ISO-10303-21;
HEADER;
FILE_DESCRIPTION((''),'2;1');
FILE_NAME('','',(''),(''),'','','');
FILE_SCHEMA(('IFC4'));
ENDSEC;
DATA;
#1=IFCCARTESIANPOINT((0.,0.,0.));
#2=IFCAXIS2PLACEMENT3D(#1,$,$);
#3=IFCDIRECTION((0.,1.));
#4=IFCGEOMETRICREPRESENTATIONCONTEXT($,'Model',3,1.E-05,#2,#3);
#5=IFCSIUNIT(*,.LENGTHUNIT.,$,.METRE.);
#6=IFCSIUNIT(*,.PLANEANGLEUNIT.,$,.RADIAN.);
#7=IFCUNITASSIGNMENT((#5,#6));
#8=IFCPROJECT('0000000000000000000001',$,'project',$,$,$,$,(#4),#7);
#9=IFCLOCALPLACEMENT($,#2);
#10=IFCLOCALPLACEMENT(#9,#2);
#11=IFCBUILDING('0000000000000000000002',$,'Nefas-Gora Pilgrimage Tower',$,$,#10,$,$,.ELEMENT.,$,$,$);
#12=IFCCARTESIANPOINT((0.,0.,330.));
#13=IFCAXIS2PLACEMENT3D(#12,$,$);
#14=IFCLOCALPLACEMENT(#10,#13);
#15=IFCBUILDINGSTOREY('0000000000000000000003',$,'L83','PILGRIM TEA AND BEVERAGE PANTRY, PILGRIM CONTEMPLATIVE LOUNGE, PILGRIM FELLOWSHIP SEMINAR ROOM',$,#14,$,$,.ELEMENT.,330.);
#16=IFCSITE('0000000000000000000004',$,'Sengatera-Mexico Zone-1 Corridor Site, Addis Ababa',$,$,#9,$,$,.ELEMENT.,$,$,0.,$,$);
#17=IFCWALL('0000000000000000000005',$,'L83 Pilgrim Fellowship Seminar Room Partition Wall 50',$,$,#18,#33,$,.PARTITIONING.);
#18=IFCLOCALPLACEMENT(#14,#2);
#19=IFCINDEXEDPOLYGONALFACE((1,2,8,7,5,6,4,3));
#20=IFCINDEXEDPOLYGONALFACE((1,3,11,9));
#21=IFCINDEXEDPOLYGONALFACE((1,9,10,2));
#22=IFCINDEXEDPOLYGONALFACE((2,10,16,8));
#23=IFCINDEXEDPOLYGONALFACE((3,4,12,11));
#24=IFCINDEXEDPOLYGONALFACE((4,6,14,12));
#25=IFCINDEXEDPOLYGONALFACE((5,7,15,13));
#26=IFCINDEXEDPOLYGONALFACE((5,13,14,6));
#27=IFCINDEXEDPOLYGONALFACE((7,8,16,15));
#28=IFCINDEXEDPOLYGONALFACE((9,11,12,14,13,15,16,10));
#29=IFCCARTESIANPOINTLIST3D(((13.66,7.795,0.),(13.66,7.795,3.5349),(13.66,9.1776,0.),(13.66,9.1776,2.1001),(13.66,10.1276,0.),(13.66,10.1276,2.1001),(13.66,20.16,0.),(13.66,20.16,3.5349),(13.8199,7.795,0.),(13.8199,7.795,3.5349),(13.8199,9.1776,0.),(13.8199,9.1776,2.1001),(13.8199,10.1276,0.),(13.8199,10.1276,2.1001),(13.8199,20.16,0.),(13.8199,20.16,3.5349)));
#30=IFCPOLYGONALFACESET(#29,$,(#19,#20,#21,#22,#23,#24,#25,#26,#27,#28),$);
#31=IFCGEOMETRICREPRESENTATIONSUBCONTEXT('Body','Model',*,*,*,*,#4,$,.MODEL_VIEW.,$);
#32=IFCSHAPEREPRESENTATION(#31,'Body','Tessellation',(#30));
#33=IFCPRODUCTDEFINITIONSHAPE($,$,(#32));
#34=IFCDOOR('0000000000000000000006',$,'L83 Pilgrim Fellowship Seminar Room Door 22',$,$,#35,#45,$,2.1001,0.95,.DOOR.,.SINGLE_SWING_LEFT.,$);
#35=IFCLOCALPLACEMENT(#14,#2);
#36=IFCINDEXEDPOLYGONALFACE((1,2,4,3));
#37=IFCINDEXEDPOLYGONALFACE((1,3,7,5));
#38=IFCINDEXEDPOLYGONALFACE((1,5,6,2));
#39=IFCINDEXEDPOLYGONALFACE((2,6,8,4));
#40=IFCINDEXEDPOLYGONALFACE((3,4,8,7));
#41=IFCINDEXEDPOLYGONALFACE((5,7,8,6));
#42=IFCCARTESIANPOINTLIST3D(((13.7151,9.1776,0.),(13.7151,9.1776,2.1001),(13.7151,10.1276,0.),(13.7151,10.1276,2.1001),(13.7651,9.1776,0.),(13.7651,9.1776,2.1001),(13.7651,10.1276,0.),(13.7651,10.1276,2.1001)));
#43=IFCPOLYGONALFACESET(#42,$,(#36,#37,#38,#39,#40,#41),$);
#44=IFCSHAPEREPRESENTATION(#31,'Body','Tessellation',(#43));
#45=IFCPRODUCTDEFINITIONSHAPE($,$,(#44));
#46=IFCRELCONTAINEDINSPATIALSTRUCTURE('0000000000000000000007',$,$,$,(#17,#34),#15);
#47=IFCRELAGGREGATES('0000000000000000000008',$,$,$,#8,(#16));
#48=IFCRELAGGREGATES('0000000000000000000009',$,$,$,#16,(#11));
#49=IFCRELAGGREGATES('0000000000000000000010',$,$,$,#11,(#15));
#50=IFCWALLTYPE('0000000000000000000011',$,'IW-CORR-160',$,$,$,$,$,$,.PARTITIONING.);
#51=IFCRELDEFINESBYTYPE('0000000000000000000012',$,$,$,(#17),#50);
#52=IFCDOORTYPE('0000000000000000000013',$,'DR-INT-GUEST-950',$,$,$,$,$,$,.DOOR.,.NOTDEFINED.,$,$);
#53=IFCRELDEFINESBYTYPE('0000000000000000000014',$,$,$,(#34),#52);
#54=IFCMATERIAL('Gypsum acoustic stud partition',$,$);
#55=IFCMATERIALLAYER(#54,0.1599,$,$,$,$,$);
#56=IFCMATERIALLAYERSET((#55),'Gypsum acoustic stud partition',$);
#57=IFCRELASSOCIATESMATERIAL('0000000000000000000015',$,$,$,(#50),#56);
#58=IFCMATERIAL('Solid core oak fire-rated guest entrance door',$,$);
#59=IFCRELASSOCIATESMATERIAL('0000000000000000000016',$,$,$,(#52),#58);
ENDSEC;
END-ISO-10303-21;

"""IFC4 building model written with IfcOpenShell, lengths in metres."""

from ifc_helpers import new_model, si_unit, direction, frame, frame_2d, origin, place, context, subcontext, project, spatial, rectangle, extrude, source, transform, mapped, material, layer, layer_set, type_object, element, fill, save


model = new_model("IFC4")

# Units and contexts
model_context = context("Model", 3, precision=1e-05, world=origin(), true_north=direction((0.0, 1.0)))
body_context = subcontext(model_context, "Body", "Model", "MODEL_VIEW")
ifc_project = project(units=[si_unit("LENGTHUNIT", "METRE"), si_unit("PLANEANGLEUNIT", "RADIAN")], contexts=[model_context])

# Site, building, storey
site_placement = place(None, origin())
site = spatial("IfcSite", under=ifc_project, at=site_placement, Name="Sengatera-Mexico Zone-1 Corridor Site, Addis Ababa", CompositionType="ELEMENT", RefElevation=0.0)
building_placement = place(site_placement, origin())
building = spatial("IfcBuilding", under=site, at=building_placement, Name="Nefas-Gora Pilgrimage Tower", CompositionType="ELEMENT")
storey_placement = place(building_placement, frame((0.0, 0.0, 330.0)))
storey = spatial("IfcBuildingStorey", under=building, at=storey_placement, Name="L83", Description="PILGRIM TEA AND BEVERAGE PANTRY, PILGRIM CONTEMPLATIVE LOUNGE, PILGRIM FELLOWSHIP SEMINAR ROOM", CompositionType="ELEMENT", Elevation=330.0)

# Wall, opening, door
ifc_material_1 = material(Name="Gypsum acoustic stud partition")
ifc_layer_1 = layer(ifc_material_1, 0.1599)
ifc_layer_set_1 = layer_set([ifc_layer_1], Name="Gypsum acoustic stud partition")
wall_type_1 = type_object("IfcWallType", Name="IW-CORR-160", PredefinedType="PARTITIONING", material=ifc_layer_set_1)
shared_shape_1 = source(origin(), body_context, "Body", "SweptSolid", [
    extrude(rectangle(XDim=12.365, YDim=0.1599, at=frame_2d((6.1826, 0.0))), origin(), (0.0, 0.0, 1.0), 3.5349),
])
wall_1_placement = place(storey_placement, frame((13.74, 7.7949, 0.0), z_axis=(0.0, 0.0, 1.0), x_axis=(0.0, 1.0, 0.0)))
wall_1 = element("IfcWall", 1, at=wall_1_placement, inside=storey, type_object=wall_type_1, Name="L83 Pilgrim Fellowship Seminar Room Partition Wall 50", PredefinedType="PARTITIONING", context=body_context, shape_type="MappedRepresentation", body=[
    mapped(shared_shape_1, transform((0.0, 0.0, 0.0), x_axis=(1.0, 0.0, 0.0), y_axis=(0.0, 1.0, 0.0), z_axis=(0.0, 0.0, 1.0), scale=1.0)),
])
opening_placement = place(wall_1_placement, frame((1.3826, 0.0, 0.0)))
opening = element("IfcOpeningElement", 2, at=opening_placement, cuts=wall_1, PredefinedType="OPENING", context=body_context, shape_type="SweptSolid", body=[
    extrude(rectangle(XDim=0.95, YDim=2.1001, at=frame_2d((0.4751, 1.05))), frame((0.0, 0.0898, 0.0), z_axis=(0.0, -1.0, 0.0), x_axis=(1.0, 0.0, 0.0)), (0.0, 0.0, 1.0), 0.1799),
])
ifc_material_2 = material(Name="Solid core oak fire-rated guest entrance door")
door_type = type_object("IfcDoorType", Name="DR-INT-GUEST-950", OperationType="NOTDEFINED", PredefinedType="DOOR", material=ifc_material_2)
shared_shape_2 = source(origin(), body_context, "Body", "SweptSolid", [
    extrude(rectangle(XDim=0.95, YDim=2.1001, at=frame_2d((0.4751, 1.05))), frame((0.0, 0.0249, 0.0), z_axis=(0.0, -1.0, 0.0), x_axis=(1.0, 0.0, 0.0)), (0.0, 0.0, 1.0), 0.05),
])
door_placement = place(opening_placement, origin())
door = element("IfcDoor", 3, at=door_placement, inside=storey, type_object=door_type, Name="L83 Pilgrim Fellowship Seminar Room Door 22", OperationType="SINGLE_SWING_LEFT", OverallHeight=2.1001, OverallWidth=0.95, PredefinedType="DOOR", context=body_context, shape_type="MappedRepresentation", body=[
    mapped(shared_shape_2, transform((0.0, 0.0, 0.0), x_axis=(1.0, 0.0, 0.0), y_axis=(0.0, 1.0, 0.0), z_axis=(0.0, 0.0, 1.0), scale=1.0)),
])
fill(opening, door)

save(model, "model.ifc")
